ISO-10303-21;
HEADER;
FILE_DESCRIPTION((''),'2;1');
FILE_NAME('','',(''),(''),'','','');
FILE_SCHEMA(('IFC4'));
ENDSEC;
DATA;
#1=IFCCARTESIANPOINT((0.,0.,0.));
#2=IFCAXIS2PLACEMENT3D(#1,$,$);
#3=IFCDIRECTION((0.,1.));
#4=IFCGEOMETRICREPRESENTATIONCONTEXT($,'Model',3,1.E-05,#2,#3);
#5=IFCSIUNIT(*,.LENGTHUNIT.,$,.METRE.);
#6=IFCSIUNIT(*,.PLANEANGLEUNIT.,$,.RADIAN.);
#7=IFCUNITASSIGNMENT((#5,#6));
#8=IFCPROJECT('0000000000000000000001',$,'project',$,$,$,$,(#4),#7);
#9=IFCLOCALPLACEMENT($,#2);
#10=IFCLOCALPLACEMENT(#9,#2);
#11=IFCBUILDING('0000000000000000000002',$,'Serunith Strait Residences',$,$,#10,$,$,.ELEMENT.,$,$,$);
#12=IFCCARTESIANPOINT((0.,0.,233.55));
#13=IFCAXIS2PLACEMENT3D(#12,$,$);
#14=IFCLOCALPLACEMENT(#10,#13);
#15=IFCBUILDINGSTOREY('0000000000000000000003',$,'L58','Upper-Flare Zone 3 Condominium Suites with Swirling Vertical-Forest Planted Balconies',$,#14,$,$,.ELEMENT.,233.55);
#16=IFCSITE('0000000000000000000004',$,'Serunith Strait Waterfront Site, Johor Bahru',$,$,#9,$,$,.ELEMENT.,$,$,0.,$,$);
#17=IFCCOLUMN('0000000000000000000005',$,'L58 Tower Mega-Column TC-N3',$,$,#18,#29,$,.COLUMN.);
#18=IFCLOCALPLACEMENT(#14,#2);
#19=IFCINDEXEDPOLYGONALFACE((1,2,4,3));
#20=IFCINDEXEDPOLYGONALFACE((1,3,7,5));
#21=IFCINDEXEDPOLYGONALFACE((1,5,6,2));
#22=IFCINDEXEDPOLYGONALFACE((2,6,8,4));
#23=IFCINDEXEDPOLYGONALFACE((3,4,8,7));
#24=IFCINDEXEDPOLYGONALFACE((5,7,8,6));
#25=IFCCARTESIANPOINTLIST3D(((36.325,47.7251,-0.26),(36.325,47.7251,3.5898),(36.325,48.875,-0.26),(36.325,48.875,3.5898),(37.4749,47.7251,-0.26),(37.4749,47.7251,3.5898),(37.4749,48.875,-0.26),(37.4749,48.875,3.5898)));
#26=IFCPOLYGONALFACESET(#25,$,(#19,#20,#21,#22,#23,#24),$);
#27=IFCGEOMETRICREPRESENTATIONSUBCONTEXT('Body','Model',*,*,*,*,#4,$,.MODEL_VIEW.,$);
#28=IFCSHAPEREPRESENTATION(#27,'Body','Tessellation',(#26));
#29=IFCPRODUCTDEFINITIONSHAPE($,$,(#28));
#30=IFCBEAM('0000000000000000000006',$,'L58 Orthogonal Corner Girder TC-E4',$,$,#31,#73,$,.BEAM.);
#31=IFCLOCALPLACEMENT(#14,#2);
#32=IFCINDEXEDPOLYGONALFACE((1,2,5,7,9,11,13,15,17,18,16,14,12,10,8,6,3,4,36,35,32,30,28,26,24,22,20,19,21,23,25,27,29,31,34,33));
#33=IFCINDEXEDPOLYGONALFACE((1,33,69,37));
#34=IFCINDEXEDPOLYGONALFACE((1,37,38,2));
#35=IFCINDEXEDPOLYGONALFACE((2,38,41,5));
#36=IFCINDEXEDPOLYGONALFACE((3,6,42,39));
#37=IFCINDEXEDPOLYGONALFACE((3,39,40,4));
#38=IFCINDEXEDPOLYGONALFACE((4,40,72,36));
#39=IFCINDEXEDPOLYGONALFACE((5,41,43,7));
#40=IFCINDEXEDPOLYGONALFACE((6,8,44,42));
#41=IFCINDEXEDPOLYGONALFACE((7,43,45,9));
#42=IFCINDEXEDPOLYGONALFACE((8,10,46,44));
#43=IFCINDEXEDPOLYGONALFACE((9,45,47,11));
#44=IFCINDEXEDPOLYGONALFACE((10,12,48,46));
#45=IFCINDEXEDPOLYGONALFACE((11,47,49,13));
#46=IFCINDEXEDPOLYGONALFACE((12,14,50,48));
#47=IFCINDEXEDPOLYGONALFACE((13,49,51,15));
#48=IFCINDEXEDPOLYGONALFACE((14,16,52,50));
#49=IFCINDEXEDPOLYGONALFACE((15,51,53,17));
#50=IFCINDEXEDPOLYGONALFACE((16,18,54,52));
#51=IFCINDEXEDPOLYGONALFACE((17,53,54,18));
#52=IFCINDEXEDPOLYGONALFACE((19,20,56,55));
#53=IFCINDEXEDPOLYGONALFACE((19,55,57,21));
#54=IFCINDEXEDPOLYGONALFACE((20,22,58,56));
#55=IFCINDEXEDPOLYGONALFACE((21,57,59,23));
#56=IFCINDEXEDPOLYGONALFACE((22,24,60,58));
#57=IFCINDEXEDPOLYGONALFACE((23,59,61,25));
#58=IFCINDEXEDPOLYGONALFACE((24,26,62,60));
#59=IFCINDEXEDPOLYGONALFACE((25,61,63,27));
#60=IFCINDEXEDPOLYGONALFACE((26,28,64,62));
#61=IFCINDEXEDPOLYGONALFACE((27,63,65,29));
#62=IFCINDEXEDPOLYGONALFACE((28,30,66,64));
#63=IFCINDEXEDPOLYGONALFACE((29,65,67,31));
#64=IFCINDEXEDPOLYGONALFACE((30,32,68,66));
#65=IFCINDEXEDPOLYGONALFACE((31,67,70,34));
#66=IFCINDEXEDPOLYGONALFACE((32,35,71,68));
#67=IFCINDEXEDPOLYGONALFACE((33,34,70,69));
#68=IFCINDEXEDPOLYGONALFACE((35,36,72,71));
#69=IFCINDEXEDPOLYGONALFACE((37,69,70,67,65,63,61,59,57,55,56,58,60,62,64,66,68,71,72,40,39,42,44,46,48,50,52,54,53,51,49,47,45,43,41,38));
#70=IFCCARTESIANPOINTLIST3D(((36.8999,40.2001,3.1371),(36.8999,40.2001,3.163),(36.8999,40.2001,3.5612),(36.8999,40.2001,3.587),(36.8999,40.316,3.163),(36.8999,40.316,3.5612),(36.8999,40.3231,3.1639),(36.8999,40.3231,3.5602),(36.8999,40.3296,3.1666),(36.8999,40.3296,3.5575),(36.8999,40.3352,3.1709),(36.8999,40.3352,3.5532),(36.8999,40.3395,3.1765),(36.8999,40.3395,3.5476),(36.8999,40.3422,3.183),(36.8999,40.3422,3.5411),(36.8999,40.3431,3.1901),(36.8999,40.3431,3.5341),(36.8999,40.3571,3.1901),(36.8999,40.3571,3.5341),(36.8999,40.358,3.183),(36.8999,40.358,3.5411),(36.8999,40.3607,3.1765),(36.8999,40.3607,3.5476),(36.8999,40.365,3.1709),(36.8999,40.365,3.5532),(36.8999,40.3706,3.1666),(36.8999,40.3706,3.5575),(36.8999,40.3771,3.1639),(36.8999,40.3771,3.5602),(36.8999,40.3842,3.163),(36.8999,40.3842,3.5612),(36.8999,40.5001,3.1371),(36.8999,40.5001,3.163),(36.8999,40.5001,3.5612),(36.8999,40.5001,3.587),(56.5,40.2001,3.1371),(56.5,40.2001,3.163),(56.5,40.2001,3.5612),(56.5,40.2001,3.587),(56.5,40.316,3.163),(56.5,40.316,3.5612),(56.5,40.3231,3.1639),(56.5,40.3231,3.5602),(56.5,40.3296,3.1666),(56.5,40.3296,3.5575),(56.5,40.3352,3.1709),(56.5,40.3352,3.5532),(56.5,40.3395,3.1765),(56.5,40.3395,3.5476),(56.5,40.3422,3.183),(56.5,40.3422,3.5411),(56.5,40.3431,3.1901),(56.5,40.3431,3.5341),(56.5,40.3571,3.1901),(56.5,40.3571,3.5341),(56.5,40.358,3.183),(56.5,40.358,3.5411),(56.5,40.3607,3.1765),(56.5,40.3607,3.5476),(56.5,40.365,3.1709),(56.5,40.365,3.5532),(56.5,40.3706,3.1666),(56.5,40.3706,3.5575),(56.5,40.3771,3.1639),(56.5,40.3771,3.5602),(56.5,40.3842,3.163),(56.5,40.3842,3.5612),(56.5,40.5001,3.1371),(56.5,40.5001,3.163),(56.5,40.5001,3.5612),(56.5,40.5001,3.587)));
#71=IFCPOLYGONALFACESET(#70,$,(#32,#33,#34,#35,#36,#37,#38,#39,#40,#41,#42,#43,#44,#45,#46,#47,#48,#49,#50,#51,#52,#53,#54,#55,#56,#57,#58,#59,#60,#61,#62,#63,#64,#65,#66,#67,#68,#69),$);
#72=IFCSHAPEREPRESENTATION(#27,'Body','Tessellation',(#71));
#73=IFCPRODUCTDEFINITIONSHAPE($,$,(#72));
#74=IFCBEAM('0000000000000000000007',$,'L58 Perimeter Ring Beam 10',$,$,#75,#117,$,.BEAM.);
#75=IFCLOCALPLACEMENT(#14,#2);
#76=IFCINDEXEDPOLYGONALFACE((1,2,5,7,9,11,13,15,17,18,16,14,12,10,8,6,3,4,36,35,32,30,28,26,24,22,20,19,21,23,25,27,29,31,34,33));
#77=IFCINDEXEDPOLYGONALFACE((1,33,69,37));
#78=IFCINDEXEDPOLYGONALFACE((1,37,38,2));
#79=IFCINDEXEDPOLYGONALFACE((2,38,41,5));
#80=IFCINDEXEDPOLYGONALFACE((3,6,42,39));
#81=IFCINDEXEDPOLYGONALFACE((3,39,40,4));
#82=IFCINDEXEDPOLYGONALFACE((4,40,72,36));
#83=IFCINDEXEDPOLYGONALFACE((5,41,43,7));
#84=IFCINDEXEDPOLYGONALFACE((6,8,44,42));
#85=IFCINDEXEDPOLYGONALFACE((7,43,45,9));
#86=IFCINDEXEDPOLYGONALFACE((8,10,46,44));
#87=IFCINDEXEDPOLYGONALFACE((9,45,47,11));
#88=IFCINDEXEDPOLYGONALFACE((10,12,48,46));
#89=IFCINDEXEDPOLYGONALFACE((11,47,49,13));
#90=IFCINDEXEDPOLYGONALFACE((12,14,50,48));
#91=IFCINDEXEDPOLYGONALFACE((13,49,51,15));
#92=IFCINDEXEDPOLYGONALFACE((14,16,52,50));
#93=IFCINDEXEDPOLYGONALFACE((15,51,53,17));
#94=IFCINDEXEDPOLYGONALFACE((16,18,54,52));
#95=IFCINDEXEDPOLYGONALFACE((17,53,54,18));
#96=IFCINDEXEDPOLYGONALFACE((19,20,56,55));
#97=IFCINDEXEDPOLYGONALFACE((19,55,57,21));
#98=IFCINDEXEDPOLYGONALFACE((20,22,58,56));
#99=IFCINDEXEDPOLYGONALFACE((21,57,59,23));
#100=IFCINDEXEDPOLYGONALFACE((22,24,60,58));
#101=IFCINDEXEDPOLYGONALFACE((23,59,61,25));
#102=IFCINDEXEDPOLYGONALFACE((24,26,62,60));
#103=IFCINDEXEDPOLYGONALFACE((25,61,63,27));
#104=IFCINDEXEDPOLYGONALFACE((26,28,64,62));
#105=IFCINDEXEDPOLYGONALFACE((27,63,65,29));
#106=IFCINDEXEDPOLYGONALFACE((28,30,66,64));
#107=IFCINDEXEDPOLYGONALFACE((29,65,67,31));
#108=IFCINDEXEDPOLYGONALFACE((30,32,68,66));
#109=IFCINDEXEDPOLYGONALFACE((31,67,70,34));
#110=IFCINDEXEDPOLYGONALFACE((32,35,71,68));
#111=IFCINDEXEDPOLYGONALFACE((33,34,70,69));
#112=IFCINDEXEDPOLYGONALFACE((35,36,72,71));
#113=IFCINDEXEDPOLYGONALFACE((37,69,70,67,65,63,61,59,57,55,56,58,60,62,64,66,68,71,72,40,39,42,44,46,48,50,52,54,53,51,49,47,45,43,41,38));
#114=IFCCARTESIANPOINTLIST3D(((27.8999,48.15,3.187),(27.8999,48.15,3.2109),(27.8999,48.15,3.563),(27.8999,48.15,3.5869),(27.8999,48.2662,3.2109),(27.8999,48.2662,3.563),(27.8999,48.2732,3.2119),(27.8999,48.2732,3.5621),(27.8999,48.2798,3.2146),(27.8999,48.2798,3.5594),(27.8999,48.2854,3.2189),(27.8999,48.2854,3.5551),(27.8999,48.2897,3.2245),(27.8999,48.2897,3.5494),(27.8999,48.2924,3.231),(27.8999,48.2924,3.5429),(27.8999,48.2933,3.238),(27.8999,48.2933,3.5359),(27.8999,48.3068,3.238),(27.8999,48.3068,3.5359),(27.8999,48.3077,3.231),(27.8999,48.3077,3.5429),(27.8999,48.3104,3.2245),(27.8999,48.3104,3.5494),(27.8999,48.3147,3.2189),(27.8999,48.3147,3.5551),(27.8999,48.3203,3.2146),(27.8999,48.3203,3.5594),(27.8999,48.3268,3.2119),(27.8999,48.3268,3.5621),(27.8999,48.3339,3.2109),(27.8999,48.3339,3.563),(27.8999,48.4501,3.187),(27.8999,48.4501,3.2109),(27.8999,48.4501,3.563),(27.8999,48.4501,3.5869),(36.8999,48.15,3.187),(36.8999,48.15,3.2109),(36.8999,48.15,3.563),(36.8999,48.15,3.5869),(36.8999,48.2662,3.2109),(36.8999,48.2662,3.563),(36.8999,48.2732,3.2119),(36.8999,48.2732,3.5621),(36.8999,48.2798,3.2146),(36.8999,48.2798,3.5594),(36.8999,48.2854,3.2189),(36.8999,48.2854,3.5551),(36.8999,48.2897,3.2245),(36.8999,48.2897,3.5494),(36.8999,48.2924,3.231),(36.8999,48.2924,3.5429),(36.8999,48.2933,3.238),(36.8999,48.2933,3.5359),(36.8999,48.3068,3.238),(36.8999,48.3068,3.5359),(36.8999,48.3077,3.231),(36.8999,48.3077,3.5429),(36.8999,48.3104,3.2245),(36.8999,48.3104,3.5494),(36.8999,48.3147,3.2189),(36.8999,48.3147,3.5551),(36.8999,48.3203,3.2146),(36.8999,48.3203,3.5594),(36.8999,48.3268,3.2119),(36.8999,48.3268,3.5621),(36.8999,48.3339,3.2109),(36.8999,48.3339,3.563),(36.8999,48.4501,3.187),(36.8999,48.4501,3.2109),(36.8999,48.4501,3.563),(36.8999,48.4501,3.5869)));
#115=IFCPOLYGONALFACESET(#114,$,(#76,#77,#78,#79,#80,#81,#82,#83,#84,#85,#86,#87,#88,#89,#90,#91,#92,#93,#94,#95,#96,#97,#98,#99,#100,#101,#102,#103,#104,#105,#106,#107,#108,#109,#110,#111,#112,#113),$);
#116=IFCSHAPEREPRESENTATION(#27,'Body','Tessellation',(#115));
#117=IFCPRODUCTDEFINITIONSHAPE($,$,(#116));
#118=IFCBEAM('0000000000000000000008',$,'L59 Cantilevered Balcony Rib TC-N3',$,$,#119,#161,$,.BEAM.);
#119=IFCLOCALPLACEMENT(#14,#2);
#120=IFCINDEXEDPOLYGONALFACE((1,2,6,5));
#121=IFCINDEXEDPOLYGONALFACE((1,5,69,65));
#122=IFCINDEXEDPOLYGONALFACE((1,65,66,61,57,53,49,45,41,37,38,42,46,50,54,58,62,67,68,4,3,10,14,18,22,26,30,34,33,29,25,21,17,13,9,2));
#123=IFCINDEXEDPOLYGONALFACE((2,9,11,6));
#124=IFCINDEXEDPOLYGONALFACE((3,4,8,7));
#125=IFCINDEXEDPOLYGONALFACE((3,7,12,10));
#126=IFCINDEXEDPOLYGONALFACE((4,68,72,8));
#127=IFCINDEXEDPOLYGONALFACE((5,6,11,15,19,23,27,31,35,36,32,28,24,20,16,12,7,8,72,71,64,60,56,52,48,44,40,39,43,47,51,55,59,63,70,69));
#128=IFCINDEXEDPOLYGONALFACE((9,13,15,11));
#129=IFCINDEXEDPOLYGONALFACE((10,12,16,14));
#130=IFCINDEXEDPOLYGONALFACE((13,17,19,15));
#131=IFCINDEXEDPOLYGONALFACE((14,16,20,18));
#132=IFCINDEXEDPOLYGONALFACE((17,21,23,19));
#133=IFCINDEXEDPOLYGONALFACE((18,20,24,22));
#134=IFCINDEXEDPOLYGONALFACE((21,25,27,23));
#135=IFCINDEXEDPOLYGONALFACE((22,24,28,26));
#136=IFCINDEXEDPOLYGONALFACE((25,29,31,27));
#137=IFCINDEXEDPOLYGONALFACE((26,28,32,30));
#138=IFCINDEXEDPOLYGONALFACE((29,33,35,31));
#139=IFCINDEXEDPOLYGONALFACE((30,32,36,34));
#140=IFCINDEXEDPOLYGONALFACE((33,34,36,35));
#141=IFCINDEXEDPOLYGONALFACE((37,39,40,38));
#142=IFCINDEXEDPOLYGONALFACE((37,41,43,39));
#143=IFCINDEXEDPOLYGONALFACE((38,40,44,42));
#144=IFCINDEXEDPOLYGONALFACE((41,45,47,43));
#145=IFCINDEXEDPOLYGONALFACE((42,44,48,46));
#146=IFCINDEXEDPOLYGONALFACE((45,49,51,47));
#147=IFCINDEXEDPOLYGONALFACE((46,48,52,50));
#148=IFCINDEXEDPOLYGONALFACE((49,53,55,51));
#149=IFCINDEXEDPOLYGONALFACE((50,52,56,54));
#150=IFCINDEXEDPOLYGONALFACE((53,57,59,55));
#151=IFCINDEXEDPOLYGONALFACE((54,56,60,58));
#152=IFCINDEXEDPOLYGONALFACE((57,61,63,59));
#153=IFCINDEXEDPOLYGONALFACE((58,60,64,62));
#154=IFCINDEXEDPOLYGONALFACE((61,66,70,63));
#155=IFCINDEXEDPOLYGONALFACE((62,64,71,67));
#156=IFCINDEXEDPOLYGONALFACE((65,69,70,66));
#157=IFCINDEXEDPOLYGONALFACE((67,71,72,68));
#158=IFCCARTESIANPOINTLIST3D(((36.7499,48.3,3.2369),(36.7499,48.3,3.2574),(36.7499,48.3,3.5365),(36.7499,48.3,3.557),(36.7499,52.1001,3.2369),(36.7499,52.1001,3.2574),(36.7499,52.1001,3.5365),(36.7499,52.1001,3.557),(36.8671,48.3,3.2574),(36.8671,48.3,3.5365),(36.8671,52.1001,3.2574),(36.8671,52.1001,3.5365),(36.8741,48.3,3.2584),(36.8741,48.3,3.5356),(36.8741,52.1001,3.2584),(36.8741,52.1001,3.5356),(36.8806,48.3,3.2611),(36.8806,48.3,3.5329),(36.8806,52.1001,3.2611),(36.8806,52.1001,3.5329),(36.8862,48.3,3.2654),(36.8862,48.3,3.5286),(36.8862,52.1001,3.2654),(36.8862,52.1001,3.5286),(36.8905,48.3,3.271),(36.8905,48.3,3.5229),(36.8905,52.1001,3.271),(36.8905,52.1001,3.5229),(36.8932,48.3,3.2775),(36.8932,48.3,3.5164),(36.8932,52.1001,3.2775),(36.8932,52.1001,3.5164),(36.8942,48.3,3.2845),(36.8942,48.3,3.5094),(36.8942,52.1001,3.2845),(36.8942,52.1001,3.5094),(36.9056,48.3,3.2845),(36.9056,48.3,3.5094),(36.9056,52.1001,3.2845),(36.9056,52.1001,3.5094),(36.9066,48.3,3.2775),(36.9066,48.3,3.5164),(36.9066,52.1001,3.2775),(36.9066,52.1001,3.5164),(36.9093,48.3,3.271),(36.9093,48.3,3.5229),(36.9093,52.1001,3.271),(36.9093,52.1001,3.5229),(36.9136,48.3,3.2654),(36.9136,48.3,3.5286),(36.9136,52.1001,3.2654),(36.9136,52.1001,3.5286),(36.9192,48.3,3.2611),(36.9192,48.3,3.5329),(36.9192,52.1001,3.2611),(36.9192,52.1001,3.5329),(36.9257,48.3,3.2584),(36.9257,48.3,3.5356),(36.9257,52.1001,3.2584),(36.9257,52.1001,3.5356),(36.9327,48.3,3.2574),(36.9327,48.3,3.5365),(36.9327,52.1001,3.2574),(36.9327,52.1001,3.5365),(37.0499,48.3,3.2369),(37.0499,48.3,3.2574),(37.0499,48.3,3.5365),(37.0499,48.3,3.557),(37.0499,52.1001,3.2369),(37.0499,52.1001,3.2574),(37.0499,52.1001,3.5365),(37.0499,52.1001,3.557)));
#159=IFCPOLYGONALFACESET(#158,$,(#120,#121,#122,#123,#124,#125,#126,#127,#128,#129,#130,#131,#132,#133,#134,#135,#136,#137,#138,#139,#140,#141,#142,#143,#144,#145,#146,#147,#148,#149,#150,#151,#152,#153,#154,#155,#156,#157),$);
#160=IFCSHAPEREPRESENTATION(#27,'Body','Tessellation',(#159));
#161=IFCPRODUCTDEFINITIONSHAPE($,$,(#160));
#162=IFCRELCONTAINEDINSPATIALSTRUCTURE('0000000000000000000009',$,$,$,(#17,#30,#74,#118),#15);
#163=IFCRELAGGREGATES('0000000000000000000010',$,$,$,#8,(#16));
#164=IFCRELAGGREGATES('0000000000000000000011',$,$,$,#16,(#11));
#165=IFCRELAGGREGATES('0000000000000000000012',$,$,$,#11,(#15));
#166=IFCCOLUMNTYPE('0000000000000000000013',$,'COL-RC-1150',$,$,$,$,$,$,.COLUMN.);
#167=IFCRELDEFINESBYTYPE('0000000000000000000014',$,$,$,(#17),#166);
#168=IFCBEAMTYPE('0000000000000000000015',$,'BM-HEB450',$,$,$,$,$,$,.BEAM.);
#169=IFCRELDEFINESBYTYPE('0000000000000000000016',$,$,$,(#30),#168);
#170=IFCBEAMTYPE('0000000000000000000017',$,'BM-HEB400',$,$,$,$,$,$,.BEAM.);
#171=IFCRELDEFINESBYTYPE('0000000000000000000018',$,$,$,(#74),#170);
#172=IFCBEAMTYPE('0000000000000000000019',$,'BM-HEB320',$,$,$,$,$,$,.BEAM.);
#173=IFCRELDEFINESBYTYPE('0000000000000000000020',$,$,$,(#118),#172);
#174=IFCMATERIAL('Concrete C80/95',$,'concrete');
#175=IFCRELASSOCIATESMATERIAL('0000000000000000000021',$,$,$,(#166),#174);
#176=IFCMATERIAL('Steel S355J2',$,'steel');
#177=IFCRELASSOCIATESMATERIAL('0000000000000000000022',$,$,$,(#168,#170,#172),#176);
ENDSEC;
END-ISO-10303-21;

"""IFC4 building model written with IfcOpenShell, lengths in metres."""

from ifc_helpers import new_model, si_unit, direction, frame, origin, origin_2d, place, context, subcontext, project, spatial, rectangle, i_section, extrude, source, transform, mapped, material, material_profile, profile_set, type_object, element, save


model = new_model("IFC4")

# Units and contexts
model_context = context("Model", 3, precision=1e-05, world=origin(), true_north=direction((0.0, 1.0)))
body_context = subcontext(model_context, "Body", "Model", "MODEL_VIEW")
ifc_project = project(units=[si_unit("LENGTHUNIT", "METRE"), si_unit("PLANEANGLEUNIT", "RADIAN")], contexts=[model_context])

# Site, building, storey
site_placement = place(None, origin())
site = spatial("IfcSite", under=ifc_project, at=site_placement, Name="Serunith Strait Waterfront Site, Johor Bahru", CompositionType="ELEMENT", RefElevation=0.0)
building_placement = place(site_placement, origin())
building = spatial("IfcBuilding", under=site, at=building_placement, Name="Serunith Strait Residences", CompositionType="ELEMENT")
storey_placement = place(building_placement, frame((0.0, 0.0, 233.55)))
storey = spatial("IfcBuildingStorey", under=building, at=storey_placement, Name="L58", Description="Upper-Flare Zone 3 Condominium Suites with Swirling Vertical-Forest Planted Balconies", CompositionType="ELEMENT", Elevation=233.55)

# Column
ifc_material_1 = material(Name="Concrete C80/95", Category="concrete")
ifc_material_profile_1 = material_profile(ifc_material_1, rectangle(XDim=1.1499, YDim=1.1499, at=origin_2d()), Name="RC 1150x1150")
ifc_profile_set_1 = profile_set([ifc_material_profile_1], Name="Concrete C80/95")
column_type = type_object("IfcColumnType", Name="COL-RC-1150", PredefinedType="COLUMN", material=ifc_profile_set_1)
shared_shape_1 = source(origin(), body_context, "Body", "SweptSolid", [
    extrude(rectangle(XDim=1.1499, YDim=1.1499, at=origin_2d()), origin(), (0.0, 0.0, 1.0), 3.8499),
])
column_placement = place(storey_placement, frame((36.8999, 48.3, -0.26), z_axis=(0.0, 0.0, 1.0), x_axis=(1.0, 0.0, 0.0)))
element("IfcColumn", 1, at=column_placement, inside=storey, type_object=column_type, Name="L58 Tower Mega-Column TC-N3", PredefinedType="COLUMN", context=body_context, shape_type="MappedRepresentation", body=[
    mapped(shared_shape_1, transform((0.0, 0.0, 0.0), scale=1.0)),
])

# Beams
ifc_material_2 = material(Name="Steel S355J2", Category="steel")
ifc_material_profile_2 = material_profile(ifc_material_2, i_section(OverallWidth=0.3, OverallDepth=0.45, WebThickness=0.0139, FlangeThickness=0.0259, FilletRadius=0.0271, at=origin_2d()), Name="HEB 450")
ifc_profile_set_2 = profile_set([ifc_material_profile_2], Name="Steel S355J2")
beam_type_1 = type_object("IfcBeamType", Name="BM-HEB450", PredefinedType="BEAM", material=ifc_profile_set_2)
shared_shape_2 = source(origin(), body_context, "Body", "SweptSolid", [
    extrude(i_section(OverallWidth=0.3, OverallDepth=0.45, WebThickness=0.0139, FlangeThickness=0.0259, FilletRadius=0.0271, at=origin_2d()), origin(), (0.0, 0.0, 1.0), 19.6001),
])
beam_1_placement = place(storey_placement, frame((36.8999, 40.3501, 3.3621), z_axis=(1.0, 0.0, 0.0), x_axis=(0.0, 1.0, 0.0)))
element("IfcBeam", 2, at=beam_1_placement, inside=storey, type_object=beam_type_1, Name="L58 Orthogonal Corner Girder TC-E4", PredefinedType="BEAM", context=body_context, shape_type="MappedRepresentation", body=[
    mapped(shared_shape_2, transform((0.0, 0.0, 0.0), scale=1.0)),
])
ifc_material_profile_3 = material_profile(ifc_material_2, i_section(OverallWidth=0.3, OverallDepth=0.3999, WebThickness=0.0134, FlangeThickness=0.0239, FilletRadius=0.0271, at=origin_2d()), Name="HEB 400")
ifc_profile_set_3 = profile_set([ifc_material_profile_3], Name="Steel S355J2")
beam_type_2 = type_object("IfcBeamType", Name="BM-HEB400", PredefinedType="BEAM", material=ifc_profile_set_3)
shared_shape_3 = source(origin(), body_context, "Body", "SweptSolid", [
    extrude(i_section(OverallWidth=0.3, OverallDepth=0.3999, WebThickness=0.0134, FlangeThickness=0.0239, FilletRadius=0.0271, at=origin_2d()), origin(), (0.0, 0.0, 1.0), 9.0),
])
beam_2_placement = place(storey_placement, frame((36.8999, 48.3, 3.387), z_axis=(-1.0, 0.0, 0.0), x_axis=(0.0, -1.0, 0.0)))
element("IfcBeam", 3, at=beam_2_placement, inside=storey, type_object=beam_type_2, Name="L58 Perimeter Ring Beam 10", PredefinedType="BEAM", context=body_context, shape_type="MappedRepresentation", body=[
    mapped(shared_shape_3, transform((0.0, 0.0, 0.0), scale=1.0)),
])
ifc_material_profile_4 = material_profile(ifc_material_2, i_section(OverallWidth=0.3, OverallDepth=0.3201, WebThickness=0.0115, FlangeThickness=0.0205, FilletRadius=0.0271, at=origin_2d()), Name="HEB 320")
ifc_profile_set_4 = profile_set([ifc_material_profile_4], Name="Steel S355J2")
beam_type_3 = type_object("IfcBeamType", Name="BM-HEB320", PredefinedType="BEAM", material=ifc_profile_set_4)
shared_shape_4 = source(origin(), body_context, "Body", "SweptSolid", [
    extrude(i_section(OverallWidth=0.3, OverallDepth=0.3201, WebThickness=0.0115, FlangeThickness=0.0205, FilletRadius=0.0271, at=origin_2d()), origin(), (0.0, 0.0, 1.0), 3.8),
])
beam_3_placement = place(storey_placement, frame((36.8999, 48.3, 3.397), z_axis=(0.0, 1.0, 0.0), x_axis=(-1.0, 0.0, 0.0)))
element("IfcBeam", 4, at=beam_3_placement, inside=storey, type_object=beam_type_3, Name="L59 Cantilevered Balcony Rib TC-N3", PredefinedType="BEAM", context=body_context, shape_type="MappedRepresentation", body=[
    mapped(shared_shape_4, transform((0.0, 0.0, 0.0), scale=1.0)),
])

save(model, "model.ifc")
